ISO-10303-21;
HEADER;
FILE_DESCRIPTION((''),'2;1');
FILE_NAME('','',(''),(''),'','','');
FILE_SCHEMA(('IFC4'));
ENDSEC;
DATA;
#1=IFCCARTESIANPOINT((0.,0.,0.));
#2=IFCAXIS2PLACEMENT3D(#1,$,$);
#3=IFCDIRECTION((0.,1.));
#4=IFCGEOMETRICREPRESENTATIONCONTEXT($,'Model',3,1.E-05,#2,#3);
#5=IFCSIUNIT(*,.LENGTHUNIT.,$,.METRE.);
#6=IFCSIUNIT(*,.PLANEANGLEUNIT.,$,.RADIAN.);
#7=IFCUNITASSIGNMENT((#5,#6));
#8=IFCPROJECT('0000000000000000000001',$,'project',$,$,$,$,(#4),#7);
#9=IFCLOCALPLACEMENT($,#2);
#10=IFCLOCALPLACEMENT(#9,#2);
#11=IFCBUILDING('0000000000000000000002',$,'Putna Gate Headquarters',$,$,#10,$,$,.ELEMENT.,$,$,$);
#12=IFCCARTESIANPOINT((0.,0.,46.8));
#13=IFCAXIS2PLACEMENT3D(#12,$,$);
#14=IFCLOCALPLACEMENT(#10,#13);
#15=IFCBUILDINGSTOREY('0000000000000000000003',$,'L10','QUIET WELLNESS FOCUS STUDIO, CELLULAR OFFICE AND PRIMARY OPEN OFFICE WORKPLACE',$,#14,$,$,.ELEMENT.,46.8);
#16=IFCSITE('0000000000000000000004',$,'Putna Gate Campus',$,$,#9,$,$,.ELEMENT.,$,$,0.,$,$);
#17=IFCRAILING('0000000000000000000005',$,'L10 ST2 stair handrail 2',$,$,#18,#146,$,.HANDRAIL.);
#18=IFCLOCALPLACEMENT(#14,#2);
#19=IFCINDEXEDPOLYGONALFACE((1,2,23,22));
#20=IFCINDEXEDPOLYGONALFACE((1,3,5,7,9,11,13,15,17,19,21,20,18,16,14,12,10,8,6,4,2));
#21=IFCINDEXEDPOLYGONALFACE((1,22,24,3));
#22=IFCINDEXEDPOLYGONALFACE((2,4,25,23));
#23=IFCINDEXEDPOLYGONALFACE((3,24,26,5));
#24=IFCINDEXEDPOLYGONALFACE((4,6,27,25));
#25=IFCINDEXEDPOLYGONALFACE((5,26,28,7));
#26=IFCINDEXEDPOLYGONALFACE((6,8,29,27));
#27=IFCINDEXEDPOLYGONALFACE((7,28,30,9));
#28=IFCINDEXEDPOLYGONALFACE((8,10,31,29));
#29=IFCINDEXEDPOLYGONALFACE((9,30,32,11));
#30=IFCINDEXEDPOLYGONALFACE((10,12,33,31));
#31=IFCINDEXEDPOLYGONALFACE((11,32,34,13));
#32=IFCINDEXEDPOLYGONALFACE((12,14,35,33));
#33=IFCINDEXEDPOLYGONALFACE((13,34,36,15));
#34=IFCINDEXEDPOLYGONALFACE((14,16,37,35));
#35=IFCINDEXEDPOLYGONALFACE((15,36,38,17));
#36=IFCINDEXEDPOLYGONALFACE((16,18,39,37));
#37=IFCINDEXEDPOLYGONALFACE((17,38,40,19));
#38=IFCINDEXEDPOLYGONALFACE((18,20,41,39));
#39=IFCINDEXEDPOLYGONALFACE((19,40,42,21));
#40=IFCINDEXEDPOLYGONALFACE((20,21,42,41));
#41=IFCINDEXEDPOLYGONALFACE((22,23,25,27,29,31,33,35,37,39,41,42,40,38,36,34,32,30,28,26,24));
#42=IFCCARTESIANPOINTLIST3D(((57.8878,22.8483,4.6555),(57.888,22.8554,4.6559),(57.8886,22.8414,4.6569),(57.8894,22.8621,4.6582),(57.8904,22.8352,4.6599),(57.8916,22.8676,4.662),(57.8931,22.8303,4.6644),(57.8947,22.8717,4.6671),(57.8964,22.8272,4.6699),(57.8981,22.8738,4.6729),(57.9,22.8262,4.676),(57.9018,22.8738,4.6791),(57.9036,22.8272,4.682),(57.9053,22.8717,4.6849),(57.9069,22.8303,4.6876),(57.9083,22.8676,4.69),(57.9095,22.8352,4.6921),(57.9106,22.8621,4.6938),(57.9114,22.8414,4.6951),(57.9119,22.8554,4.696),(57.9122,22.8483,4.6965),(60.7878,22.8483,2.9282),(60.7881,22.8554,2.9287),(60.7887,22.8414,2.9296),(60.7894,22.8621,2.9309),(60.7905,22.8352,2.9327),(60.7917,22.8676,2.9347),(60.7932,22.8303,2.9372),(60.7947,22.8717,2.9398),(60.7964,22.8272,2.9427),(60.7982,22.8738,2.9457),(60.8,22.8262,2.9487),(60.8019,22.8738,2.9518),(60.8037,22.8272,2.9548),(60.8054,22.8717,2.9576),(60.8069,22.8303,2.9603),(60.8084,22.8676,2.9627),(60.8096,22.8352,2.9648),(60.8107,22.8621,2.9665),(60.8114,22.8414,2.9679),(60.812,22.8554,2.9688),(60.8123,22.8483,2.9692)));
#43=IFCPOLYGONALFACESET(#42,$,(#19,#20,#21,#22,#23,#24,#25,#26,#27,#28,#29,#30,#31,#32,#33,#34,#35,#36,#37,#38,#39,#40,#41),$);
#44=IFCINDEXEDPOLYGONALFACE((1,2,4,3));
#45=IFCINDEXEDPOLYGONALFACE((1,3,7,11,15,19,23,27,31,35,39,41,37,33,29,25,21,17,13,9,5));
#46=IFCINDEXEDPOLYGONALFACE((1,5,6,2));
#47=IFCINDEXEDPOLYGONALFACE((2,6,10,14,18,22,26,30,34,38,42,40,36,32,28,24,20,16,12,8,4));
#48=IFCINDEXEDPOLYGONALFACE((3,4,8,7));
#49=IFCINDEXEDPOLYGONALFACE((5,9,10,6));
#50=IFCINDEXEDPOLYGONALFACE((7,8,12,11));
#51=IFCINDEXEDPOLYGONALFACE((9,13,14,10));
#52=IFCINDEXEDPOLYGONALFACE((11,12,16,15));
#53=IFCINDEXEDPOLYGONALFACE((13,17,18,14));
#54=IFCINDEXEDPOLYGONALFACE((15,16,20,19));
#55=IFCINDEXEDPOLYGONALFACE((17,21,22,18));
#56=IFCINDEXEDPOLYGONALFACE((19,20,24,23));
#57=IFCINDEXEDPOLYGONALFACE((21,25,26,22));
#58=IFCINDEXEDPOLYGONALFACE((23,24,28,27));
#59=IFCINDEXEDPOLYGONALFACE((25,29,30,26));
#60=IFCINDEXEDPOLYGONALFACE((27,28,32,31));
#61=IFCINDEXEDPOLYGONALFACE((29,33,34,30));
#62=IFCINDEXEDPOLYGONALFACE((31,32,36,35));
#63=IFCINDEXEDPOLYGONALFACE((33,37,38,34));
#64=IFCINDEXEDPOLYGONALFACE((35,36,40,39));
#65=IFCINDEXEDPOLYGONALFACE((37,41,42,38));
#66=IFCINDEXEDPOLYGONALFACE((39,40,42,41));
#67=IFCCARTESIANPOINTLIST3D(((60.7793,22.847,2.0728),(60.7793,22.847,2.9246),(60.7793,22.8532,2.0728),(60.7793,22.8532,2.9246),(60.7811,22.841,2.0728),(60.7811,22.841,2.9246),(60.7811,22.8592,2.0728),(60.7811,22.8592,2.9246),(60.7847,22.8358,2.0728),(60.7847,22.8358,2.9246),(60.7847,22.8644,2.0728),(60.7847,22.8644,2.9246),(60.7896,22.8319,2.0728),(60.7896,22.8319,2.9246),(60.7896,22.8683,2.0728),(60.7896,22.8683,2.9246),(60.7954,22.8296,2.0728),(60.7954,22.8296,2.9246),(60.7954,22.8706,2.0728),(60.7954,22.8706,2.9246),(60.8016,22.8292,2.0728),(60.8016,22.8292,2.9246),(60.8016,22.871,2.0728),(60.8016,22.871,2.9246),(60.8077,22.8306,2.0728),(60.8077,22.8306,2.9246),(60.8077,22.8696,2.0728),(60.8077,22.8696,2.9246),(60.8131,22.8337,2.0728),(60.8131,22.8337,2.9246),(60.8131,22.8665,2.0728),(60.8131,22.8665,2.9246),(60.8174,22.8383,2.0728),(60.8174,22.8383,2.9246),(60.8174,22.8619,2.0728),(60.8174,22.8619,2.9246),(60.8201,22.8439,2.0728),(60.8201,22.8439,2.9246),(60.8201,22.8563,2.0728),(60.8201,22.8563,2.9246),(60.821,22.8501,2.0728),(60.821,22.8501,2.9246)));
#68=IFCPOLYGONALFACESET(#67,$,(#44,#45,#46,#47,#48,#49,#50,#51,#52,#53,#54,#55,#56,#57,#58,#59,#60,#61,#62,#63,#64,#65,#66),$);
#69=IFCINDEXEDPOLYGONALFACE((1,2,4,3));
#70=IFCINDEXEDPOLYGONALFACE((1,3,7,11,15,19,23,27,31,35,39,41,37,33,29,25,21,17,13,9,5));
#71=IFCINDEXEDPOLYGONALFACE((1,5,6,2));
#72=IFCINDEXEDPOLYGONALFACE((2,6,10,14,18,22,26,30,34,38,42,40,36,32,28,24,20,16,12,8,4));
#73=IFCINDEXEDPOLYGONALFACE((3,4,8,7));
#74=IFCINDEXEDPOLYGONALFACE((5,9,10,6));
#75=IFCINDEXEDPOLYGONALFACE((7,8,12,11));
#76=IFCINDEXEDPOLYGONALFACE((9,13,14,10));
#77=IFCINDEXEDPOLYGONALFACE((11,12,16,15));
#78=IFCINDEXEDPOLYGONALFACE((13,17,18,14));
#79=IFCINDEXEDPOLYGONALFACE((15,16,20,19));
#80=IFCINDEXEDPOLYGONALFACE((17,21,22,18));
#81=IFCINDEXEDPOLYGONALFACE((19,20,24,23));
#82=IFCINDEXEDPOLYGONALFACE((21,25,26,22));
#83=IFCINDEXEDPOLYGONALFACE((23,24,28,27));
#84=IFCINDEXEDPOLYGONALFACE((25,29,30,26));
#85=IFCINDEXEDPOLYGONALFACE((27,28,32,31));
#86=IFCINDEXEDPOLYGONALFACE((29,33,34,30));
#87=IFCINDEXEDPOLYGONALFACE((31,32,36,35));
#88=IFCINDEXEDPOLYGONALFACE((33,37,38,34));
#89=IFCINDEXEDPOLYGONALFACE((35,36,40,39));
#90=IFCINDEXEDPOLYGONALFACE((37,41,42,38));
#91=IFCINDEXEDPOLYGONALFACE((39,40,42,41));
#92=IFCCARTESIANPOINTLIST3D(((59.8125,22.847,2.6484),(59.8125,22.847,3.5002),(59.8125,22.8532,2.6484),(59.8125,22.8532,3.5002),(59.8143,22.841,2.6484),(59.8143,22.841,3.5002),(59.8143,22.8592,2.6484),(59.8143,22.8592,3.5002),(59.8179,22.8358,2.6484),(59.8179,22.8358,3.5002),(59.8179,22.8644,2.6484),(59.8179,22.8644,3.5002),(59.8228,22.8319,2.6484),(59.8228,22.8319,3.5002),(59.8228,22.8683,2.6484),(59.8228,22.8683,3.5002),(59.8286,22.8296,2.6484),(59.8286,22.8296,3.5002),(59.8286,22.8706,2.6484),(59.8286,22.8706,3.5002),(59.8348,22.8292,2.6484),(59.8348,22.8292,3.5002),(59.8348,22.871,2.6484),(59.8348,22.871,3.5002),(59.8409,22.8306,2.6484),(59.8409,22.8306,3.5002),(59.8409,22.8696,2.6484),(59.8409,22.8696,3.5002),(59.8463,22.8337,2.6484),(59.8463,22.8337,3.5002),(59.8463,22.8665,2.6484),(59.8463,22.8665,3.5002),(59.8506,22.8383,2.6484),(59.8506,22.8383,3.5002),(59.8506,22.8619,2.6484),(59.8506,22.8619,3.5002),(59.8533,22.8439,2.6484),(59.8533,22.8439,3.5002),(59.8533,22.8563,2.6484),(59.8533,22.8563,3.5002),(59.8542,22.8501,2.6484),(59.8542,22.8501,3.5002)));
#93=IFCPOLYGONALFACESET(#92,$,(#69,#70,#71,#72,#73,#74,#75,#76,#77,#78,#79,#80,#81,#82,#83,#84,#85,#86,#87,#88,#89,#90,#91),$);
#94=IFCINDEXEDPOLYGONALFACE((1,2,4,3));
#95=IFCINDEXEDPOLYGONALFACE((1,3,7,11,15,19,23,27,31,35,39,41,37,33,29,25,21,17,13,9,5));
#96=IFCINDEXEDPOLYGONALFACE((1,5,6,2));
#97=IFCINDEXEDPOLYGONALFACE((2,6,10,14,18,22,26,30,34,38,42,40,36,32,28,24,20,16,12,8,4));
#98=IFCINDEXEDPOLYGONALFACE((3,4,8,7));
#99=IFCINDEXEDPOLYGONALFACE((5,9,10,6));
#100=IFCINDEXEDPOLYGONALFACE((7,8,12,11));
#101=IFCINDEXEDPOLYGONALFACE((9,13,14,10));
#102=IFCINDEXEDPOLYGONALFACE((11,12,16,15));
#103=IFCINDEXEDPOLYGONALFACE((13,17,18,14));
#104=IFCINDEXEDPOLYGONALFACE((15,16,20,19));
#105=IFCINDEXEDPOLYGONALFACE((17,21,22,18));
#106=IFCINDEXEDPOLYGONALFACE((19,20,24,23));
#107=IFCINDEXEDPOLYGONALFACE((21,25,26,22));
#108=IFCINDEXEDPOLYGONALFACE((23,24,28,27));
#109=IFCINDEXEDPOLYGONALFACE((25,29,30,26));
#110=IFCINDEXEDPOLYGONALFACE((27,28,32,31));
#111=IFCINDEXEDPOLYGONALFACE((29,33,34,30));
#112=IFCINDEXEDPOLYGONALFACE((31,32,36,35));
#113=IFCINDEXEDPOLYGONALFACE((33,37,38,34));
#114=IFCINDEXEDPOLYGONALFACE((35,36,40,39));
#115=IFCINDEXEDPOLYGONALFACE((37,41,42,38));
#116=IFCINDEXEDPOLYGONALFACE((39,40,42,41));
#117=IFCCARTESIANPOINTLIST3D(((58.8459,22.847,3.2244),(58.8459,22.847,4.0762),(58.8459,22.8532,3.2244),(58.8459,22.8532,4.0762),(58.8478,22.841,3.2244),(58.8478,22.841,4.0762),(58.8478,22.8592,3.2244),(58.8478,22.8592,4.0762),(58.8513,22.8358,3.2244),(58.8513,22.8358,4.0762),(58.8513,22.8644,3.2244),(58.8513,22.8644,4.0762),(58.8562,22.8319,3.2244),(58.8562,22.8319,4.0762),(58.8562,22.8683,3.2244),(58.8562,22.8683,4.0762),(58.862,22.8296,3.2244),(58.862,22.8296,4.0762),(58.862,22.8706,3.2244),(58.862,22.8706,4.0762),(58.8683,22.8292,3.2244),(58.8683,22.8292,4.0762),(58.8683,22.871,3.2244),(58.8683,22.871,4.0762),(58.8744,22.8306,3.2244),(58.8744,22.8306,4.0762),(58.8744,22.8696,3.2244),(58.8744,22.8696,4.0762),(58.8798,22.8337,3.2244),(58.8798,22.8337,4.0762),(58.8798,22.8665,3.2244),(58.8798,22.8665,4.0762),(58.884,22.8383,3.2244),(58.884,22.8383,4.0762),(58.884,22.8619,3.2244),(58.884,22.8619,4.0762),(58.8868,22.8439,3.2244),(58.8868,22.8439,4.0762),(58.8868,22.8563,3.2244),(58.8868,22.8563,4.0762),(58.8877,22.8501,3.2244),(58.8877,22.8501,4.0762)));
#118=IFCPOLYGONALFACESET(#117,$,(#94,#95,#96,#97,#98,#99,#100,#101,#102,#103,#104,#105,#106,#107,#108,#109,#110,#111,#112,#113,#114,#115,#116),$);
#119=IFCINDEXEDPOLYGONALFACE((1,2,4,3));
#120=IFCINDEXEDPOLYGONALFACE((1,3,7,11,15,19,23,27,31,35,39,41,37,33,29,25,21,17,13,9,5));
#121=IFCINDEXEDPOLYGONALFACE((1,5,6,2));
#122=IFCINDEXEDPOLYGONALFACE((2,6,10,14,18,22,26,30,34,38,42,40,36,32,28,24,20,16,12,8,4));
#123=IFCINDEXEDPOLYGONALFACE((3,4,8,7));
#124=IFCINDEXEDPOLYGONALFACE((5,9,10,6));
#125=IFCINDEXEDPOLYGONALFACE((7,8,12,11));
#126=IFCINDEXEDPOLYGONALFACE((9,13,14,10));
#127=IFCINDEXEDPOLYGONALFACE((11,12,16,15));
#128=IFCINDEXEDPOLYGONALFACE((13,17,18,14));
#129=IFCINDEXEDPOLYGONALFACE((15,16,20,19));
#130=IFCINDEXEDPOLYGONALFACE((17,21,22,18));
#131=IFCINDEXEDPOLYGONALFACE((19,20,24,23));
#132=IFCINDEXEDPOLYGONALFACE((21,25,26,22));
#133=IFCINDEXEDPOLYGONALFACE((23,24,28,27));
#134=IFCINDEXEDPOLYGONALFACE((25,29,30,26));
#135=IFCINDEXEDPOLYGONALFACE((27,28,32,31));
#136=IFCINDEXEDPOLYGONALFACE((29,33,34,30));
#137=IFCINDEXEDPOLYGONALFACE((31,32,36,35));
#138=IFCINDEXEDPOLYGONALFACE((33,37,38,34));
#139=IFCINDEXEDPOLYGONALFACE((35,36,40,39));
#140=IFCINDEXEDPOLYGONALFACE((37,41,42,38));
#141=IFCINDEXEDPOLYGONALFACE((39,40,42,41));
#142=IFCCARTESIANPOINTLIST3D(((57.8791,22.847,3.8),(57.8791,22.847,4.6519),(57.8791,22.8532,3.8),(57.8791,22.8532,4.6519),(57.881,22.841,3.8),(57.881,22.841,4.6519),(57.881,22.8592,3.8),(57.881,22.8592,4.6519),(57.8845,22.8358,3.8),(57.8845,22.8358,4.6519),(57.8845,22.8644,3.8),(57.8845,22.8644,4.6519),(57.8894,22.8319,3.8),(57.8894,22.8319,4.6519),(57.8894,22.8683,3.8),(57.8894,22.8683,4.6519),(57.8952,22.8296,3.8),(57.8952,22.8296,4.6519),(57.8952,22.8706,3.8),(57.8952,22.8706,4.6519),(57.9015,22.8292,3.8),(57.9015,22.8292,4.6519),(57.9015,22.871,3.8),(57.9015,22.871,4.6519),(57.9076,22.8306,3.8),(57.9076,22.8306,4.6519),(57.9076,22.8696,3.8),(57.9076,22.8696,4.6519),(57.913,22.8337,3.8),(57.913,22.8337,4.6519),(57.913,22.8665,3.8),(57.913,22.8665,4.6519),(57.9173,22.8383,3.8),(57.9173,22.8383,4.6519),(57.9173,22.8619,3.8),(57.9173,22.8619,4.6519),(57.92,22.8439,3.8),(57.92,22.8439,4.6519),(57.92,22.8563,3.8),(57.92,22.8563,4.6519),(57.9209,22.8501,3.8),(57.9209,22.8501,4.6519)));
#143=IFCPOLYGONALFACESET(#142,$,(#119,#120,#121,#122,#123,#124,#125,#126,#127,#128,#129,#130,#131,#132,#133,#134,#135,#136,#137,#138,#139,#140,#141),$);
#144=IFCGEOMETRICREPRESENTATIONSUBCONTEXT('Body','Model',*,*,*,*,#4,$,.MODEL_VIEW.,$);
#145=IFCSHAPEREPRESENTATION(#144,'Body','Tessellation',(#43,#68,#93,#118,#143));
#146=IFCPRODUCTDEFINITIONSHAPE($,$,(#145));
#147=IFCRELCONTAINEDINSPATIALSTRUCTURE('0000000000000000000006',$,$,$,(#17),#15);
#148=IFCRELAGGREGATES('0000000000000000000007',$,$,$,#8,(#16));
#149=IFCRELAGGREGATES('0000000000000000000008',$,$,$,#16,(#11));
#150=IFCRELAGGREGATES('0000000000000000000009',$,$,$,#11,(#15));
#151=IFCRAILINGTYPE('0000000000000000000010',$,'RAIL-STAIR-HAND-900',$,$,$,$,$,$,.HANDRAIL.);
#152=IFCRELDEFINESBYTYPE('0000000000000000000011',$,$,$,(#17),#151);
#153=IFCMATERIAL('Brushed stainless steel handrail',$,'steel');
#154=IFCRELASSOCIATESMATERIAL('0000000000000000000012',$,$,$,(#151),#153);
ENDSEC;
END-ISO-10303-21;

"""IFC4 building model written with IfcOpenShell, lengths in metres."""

from ifc_helpers import new_model, si_unit, direction, frame, origin, origin_2d, place, context, subcontext, project, spatial, circle, extrude, material, type_object, element, save


model = new_model("IFC4")

# Units and contexts
model_context = context("Model", 3, precision=1e-05, world=origin(), true_north=direction((0.0, 1.0)))
body_context = subcontext(model_context, "Body", "Model", "MODEL_VIEW")
ifc_project = project(units=[si_unit("LENGTHUNIT", "METRE"), si_unit("PLANEANGLEUNIT", "RADIAN")], contexts=[model_context])

# Site, building, storey
site_placement = place(None, origin())
site = spatial("IfcSite", under=ifc_project, at=site_placement, Name="Putna Gate Campus", CompositionType="ELEMENT", RefElevation=0.0)
building_placement = place(site_placement, origin())
building = spatial("IfcBuilding", under=site, at=building_placement, Name="Putna Gate Headquarters", CompositionType="ELEMENT")
storey_placement = place(building_placement, frame((0.0, 0.0, 46.8)))
storey = spatial("IfcBuildingStorey", under=building, at=storey_placement, Name="L10", Description="QUIET WELLNESS FOCUS STUDIO, CELLULAR OFFICE AND PRIMARY OPEN OFFICE WORKPLACE", CompositionType="ELEMENT", Elevation=46.8)

# Railing
ifc_material_1 = material(Name="Brushed stainless steel handrail", Category="steel")
railing_type = type_object("IfcRailingType", Name="RAIL-STAIR-HAND-900", PredefinedType="HANDRAIL", material=ifc_material_1)
railing_placement = place(storey_placement, frame((60.8, 22.8501, 2.0728)))
element("IfcRailing", 1, at=railing_placement, inside=storey, type_object=railing_type, Name="L10 ST2 stair handrail 2", PredefinedType="HANDRAIL", context=body_context, shape_type="SweptSolid", body=[
    extrude(circle(Radius=0.0239, at=origin_2d()), frame((0.0, 0.0, 0.876), z_axis=(-0.85916, 0.0, 0.511706), x_axis=(0.0, -1.0, 0.0)), (0.0, 0.0, 1.0), 3.3755),
    extrude(circle(Radius=0.021, at=origin_2d()), origin(), (0.0, 0.0, 1.0), 0.8518),
    extrude(circle(Radius=0.021, at=origin_2d()), frame((-0.9668, 0.0, 0.5757)), (0.0, 0.0, 1.0), 0.8518),
    extrude(circle(Radius=0.021, at=origin_2d()), frame((-1.9333, 0.0, 1.1516)), (0.0, 0.0, 1.0), 0.8518),
    extrude(circle(Radius=0.021, at=origin_2d()), frame((-2.9001, 0.0, 1.7273)), (0.0, 0.0, 1.0), 0.8518),
])

save(model, "model.ifc")
